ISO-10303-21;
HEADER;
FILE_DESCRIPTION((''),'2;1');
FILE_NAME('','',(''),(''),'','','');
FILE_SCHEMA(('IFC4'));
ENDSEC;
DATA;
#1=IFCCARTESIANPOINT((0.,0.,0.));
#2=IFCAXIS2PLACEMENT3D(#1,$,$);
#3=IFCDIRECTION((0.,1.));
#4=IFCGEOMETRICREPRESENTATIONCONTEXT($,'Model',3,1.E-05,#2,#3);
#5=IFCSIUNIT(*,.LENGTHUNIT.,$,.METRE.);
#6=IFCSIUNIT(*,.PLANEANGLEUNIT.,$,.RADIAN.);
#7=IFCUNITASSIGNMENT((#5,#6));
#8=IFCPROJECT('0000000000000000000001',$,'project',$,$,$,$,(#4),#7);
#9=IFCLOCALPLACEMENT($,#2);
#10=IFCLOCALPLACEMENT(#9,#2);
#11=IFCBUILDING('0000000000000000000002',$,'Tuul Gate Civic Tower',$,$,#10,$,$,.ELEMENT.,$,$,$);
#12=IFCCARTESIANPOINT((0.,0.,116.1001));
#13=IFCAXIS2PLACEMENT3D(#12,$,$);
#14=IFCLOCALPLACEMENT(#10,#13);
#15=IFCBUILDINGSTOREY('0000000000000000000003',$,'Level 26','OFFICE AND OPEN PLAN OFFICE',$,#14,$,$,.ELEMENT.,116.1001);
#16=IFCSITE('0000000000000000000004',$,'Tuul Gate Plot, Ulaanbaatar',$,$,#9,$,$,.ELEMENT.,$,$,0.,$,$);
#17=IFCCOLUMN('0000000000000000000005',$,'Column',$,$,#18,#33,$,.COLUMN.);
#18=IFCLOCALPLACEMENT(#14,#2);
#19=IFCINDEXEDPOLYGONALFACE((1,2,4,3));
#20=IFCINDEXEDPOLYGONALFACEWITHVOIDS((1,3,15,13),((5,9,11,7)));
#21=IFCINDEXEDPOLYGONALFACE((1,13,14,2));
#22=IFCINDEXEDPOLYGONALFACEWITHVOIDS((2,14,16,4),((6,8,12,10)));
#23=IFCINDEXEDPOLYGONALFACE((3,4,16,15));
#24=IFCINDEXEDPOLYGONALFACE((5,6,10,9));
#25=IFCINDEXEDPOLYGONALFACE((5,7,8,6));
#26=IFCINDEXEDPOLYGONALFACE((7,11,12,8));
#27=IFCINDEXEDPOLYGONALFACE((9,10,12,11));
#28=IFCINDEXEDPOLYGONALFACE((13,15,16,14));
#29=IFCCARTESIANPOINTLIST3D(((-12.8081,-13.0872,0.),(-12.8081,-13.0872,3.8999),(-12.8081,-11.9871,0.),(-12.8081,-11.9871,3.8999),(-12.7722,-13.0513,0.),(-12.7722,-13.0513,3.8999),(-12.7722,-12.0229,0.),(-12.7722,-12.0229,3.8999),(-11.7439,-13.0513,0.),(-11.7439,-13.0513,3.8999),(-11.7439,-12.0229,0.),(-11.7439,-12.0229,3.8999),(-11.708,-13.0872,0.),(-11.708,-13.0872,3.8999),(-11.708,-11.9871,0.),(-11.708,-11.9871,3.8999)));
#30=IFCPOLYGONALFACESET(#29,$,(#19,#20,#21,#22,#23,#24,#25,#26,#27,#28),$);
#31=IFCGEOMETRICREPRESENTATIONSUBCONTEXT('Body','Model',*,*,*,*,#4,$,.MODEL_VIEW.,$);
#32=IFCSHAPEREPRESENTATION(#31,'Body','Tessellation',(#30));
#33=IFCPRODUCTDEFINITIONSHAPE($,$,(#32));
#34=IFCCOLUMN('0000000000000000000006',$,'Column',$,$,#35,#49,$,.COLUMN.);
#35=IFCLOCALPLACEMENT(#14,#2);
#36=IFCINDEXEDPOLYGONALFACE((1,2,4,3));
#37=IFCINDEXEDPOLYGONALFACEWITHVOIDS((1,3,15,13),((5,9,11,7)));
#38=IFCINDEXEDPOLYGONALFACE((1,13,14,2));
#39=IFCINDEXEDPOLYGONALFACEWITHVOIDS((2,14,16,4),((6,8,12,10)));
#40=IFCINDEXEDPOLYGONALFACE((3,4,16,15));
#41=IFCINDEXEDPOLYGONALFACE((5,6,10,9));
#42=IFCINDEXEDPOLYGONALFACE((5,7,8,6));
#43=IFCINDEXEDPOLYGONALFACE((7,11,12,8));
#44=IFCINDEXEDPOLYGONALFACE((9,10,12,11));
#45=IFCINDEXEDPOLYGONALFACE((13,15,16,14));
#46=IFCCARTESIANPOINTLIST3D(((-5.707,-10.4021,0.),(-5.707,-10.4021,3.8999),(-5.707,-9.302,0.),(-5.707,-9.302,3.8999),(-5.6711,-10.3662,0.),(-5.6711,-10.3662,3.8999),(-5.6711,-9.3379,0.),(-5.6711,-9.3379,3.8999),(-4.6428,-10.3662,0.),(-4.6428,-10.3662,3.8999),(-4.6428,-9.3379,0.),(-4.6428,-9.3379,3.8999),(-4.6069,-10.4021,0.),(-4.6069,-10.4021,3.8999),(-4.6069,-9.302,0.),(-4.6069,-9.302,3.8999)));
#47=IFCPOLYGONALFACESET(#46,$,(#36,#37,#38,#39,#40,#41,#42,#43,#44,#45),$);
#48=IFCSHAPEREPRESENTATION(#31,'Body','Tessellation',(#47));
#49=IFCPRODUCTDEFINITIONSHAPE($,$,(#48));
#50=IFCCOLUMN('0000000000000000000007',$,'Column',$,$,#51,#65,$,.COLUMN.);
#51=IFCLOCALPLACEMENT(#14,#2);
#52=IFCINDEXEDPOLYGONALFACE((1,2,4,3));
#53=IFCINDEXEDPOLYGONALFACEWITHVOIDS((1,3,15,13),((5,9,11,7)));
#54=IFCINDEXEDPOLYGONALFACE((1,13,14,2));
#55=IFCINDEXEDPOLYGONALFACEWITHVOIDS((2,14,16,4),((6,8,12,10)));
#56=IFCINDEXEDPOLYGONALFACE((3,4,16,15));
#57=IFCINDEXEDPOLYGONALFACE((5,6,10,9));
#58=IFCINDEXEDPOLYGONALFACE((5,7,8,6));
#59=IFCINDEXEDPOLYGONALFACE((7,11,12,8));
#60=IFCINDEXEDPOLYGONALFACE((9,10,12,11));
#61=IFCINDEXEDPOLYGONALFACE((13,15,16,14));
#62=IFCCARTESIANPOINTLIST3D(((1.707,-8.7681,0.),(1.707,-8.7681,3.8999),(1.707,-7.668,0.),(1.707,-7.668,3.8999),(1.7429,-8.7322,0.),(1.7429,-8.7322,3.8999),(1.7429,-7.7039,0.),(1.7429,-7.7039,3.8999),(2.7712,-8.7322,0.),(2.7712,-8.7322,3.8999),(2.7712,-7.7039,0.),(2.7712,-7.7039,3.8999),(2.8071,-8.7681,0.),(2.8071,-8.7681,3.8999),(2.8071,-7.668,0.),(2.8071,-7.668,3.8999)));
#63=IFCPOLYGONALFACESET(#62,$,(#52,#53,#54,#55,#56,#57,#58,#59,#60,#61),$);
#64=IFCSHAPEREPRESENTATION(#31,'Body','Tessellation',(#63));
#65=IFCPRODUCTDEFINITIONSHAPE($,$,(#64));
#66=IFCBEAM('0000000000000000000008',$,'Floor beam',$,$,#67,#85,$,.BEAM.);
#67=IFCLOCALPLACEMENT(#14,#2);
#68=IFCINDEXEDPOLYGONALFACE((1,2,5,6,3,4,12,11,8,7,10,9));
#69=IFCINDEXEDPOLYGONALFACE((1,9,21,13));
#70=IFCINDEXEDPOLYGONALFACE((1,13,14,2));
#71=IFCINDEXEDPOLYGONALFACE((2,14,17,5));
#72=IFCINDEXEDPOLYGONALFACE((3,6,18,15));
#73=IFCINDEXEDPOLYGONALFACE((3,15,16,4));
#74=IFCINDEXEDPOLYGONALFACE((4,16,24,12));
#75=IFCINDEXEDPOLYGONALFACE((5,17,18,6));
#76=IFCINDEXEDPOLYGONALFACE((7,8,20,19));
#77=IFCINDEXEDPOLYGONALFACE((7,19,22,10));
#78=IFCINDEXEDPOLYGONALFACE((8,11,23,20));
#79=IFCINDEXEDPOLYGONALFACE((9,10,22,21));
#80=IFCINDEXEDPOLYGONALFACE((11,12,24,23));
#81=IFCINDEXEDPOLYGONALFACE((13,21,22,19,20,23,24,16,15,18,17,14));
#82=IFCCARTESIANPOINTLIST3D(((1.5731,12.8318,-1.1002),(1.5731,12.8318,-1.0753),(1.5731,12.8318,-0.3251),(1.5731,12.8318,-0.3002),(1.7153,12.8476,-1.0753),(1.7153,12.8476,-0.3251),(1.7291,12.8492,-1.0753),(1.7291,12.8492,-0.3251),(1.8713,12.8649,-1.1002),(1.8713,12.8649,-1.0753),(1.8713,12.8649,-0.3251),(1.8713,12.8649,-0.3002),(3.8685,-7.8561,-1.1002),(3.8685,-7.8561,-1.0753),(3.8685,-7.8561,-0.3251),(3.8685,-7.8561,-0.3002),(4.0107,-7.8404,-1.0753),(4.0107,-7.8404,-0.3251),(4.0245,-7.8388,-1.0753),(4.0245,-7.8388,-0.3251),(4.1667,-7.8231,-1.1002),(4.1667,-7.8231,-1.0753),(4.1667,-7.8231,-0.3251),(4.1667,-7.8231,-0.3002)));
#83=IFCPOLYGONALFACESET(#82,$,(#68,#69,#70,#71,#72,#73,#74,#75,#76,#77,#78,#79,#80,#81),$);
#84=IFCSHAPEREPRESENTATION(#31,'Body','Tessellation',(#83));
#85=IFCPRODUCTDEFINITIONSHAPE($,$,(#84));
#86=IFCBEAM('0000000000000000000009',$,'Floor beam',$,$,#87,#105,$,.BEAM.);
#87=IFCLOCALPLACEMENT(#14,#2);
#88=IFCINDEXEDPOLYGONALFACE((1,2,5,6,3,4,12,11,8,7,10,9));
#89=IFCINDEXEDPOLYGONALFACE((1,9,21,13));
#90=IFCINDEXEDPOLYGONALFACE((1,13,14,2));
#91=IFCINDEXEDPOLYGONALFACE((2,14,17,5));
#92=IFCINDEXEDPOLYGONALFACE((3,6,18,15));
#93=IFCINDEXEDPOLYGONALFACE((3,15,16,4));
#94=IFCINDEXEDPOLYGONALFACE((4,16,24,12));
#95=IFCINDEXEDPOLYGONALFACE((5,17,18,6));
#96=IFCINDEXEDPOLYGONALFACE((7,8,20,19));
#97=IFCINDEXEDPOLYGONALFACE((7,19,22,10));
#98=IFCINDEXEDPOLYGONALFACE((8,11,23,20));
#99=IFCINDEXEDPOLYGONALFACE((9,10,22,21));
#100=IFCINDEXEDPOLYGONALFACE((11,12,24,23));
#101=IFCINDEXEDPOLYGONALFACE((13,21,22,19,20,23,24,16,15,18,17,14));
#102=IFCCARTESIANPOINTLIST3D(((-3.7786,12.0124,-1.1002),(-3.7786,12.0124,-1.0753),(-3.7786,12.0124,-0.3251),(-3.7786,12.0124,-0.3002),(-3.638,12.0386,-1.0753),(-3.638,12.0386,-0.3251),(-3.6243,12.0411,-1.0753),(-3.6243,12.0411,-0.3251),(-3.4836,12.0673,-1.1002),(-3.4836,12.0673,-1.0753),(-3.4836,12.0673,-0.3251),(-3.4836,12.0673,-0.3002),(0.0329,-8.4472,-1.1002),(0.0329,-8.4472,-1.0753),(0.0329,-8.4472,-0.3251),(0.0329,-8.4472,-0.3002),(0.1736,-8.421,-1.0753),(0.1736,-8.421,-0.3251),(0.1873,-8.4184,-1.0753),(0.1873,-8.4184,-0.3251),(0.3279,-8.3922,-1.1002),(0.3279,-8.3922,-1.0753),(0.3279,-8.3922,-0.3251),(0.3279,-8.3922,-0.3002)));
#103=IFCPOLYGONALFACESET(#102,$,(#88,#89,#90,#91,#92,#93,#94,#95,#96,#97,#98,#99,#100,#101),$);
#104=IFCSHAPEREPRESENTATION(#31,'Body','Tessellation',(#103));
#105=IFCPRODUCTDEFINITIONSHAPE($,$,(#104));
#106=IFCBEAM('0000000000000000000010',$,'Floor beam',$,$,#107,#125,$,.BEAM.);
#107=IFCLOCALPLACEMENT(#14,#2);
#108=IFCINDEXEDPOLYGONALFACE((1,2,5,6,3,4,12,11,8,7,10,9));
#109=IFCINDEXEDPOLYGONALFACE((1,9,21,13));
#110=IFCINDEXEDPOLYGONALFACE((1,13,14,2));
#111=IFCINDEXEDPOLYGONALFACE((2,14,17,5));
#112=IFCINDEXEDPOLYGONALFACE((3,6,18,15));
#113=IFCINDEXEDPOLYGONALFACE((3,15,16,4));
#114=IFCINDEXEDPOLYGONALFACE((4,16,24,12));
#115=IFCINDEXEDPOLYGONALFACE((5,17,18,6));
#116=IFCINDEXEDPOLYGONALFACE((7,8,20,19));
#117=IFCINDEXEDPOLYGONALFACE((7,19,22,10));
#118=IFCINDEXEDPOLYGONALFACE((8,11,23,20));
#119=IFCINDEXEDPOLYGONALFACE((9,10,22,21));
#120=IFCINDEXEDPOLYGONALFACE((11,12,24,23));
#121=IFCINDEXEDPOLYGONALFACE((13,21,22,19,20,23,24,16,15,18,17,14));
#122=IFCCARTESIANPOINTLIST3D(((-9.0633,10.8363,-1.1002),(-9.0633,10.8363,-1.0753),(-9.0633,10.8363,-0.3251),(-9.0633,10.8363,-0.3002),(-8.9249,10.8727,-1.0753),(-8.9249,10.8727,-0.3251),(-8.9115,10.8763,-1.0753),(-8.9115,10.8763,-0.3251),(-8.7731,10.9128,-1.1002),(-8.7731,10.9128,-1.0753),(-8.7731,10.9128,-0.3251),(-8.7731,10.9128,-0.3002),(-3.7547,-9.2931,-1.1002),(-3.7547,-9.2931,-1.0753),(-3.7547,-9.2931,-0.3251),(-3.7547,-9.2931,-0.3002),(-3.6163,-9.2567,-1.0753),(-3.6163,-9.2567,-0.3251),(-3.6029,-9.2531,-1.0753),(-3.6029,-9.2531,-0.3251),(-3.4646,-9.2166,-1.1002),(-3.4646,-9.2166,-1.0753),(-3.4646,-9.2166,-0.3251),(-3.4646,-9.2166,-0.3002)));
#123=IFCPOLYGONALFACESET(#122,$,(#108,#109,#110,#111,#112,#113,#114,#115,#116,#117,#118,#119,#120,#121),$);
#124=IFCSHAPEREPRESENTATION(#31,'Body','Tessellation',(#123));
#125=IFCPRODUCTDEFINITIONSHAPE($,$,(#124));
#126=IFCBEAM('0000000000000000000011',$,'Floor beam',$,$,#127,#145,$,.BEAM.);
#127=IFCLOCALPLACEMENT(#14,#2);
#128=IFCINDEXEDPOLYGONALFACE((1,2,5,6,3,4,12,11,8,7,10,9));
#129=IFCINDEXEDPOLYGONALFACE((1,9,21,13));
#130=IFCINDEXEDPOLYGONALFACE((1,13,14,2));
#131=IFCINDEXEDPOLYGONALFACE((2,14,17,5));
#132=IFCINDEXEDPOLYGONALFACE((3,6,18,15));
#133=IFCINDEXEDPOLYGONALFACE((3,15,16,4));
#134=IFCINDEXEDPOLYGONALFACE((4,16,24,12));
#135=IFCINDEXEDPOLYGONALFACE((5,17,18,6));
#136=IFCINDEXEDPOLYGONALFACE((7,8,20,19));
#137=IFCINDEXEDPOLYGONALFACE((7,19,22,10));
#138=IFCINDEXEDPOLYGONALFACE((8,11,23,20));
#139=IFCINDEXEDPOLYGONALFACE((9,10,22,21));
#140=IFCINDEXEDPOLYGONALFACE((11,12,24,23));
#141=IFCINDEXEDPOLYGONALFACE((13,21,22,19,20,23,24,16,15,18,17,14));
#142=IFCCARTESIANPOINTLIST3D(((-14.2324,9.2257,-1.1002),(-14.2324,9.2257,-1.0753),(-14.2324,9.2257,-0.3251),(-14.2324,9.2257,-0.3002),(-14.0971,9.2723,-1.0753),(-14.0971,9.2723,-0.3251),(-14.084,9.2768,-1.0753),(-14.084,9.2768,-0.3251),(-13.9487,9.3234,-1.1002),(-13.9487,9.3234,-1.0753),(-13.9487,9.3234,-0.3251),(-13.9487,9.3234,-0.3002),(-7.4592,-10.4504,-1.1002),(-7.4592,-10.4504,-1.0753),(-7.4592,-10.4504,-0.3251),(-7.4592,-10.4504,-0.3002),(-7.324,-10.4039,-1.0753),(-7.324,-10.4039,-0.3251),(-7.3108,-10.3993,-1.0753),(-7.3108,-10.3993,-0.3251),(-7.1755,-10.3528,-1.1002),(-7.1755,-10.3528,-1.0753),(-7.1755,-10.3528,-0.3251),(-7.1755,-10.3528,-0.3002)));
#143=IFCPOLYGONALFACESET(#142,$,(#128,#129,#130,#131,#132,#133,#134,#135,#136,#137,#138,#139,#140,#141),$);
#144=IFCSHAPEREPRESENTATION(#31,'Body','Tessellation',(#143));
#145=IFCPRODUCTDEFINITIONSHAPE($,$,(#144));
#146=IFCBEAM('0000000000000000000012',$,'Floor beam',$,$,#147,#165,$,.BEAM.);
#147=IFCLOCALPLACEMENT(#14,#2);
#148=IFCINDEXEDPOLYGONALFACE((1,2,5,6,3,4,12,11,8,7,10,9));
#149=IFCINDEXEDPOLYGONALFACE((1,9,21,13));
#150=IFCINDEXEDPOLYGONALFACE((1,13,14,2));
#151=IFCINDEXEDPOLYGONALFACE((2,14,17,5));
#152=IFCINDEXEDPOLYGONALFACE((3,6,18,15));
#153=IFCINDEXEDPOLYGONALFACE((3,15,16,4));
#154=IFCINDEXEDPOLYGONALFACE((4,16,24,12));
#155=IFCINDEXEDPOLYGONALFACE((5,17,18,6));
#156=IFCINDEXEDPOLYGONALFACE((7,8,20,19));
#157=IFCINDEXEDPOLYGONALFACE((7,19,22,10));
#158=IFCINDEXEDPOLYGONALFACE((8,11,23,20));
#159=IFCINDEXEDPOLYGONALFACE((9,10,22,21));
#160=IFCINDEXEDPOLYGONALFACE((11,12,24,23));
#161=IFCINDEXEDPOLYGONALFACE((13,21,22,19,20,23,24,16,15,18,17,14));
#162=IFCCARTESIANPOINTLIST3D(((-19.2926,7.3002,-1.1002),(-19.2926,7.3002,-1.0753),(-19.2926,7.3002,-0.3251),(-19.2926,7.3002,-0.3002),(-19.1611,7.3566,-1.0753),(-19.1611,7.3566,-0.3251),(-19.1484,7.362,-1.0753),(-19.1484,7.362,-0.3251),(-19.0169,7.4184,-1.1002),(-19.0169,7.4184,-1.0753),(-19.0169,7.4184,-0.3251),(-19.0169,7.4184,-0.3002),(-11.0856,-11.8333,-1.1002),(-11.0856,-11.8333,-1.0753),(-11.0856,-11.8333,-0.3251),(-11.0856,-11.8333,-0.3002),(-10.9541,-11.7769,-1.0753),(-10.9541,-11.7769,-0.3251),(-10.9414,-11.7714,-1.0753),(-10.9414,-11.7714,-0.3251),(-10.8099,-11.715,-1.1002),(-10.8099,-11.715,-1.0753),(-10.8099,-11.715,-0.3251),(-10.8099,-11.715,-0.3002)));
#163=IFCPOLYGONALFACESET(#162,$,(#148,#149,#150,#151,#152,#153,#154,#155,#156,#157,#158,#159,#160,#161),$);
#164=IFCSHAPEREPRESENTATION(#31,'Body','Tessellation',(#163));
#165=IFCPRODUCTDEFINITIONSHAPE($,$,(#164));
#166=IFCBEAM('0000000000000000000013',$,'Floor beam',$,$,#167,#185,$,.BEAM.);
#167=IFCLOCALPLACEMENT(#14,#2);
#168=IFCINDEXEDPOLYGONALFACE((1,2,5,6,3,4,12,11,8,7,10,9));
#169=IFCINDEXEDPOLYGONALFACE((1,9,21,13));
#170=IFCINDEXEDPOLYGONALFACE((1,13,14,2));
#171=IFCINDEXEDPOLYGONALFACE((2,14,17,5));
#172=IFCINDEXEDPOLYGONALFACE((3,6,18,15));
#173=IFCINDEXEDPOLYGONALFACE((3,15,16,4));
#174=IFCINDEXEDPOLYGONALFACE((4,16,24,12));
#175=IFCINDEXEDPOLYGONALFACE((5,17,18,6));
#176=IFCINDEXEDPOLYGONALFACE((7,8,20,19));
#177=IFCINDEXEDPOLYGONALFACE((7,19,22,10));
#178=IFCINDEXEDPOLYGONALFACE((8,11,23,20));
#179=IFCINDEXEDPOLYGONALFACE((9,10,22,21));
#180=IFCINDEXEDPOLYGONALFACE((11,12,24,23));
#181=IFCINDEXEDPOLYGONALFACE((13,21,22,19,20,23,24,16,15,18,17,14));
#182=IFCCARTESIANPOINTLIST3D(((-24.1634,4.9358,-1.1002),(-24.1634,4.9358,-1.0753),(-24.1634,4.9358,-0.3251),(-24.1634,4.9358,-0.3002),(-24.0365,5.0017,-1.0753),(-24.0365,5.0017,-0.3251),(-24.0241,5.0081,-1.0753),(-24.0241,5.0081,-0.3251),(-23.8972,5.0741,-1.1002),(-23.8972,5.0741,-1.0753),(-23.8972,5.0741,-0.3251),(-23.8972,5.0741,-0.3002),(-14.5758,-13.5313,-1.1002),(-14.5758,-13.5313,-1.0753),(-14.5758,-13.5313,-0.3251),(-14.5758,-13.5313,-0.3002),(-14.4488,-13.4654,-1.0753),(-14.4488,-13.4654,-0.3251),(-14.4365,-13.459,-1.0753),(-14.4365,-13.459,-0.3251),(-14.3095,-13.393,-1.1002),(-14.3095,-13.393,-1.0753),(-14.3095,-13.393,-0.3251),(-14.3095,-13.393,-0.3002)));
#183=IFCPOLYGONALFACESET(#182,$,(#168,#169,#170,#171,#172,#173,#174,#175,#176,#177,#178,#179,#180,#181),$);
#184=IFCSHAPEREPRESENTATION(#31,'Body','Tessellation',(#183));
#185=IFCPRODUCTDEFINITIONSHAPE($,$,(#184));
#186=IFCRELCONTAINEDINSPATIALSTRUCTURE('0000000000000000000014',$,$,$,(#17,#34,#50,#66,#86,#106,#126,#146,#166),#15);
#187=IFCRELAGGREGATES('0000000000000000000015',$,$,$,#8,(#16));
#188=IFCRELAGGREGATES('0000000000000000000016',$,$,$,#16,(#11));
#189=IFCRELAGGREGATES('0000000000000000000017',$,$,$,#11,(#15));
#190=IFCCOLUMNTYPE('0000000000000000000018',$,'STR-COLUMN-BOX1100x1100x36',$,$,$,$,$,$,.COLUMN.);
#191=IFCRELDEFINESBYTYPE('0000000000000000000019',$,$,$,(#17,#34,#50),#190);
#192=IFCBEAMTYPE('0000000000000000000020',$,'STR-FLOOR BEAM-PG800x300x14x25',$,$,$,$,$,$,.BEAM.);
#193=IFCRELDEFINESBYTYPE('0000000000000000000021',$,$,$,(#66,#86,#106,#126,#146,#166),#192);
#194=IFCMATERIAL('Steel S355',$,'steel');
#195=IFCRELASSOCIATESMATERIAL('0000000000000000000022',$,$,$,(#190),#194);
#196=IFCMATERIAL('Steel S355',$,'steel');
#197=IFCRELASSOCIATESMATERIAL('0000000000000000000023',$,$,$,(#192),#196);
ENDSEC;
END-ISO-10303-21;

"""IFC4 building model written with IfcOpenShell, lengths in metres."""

from ifc_helpers import new_model, si_unit, direction, frame, origin, origin_2d, place, context, subcontext, project, spatial, hollow_rectangle, i_section, extrude, material, material_profile, profile_set, type_object, element, save


model = new_model("IFC4")

# Units and contexts
model_context = context("Model", 3, precision=1e-05, world=origin(), true_north=direction((0.0, 1.0)))
body_context = subcontext(model_context, "Body", "Model", "MODEL_VIEW")
ifc_project = project(units=[si_unit("LENGTHUNIT", "METRE"), si_unit("PLANEANGLEUNIT", "RADIAN")], contexts=[model_context])

# Site, building, storey
site_placement = place(None, origin())
site = spatial("IfcSite", under=ifc_project, at=site_placement, Name="Tuul Gate Plot, Ulaanbaatar", CompositionType="ELEMENT", RefElevation=0.0)
building_placement = place(site_placement, origin())
building = spatial("IfcBuilding", under=site, at=building_placement, Name="Tuul Gate Civic Tower", CompositionType="ELEMENT")
storey_placement = place(building_placement, frame((0.0, 0.0, 116.1001)))
storey = spatial("IfcBuildingStorey", under=building, at=storey_placement, Name="Level 26", Description="OFFICE AND OPEN PLAN OFFICE", CompositionType="ELEMENT", Elevation=116.1001)

# Columns
ifc_material_1 = material(Name="Steel S355", Category="steel")
ifc_material_profile_1 = material_profile(ifc_material_1, hollow_rectangle(XDim=1.1001, YDim=1.1001, WallThickness=0.0359, at=origin_2d()), Name="BOX1100x1100x36")
ifc_profile_set_1 = profile_set([ifc_material_profile_1], Name="Steel S355")
column_type = type_object("IfcColumnType", Name="STR-COLUMN-BOX1100x1100x36", PredefinedType="COLUMN", material=ifc_profile_set_1)
for number, where, z_axis, x_axis, name in (
    (1, (-12.2581, -12.5371, 0.0), (0.0, 0.0, 1.0), (1.0, 0.0, 0.0), "Column"),
    (2, (-5.157, -9.8521, 0.0), (0.0, 0.0, 1.0), (1.0, 0.0, 0.0), "Column"),
    (3, (2.2571, -8.218, 0.0), (0.0, 0.0, 1.0), (1.0, 0.0, 0.0), "Column"),
):
    element("IfcColumn", number, at=place(storey_placement, frame(where, z_axis=z_axis, x_axis=x_axis)), inside=storey, type_object=column_type, Name=name, PredefinedType="COLUMN", context=body_context, shape_type="SweptSolid", body=[
        extrude(hollow_rectangle(XDim=1.1001, YDim=1.1001, WallThickness=0.0359, at=origin_2d()), origin(), (0.0, 0.0, 1.0), 3.8999),
    ])

# Beams
ifc_material_2 = material(Name="Steel S355", Category="steel")
ifc_material_profile_2 = material_profile(ifc_material_2, i_section(OverallWidth=0.3, OverallDepth=0.8, WebThickness=0.0139, FlangeThickness=0.0249, at=origin_2d()), Name="PG800x300x14x25")
ifc_profile_set_2 = profile_set([ifc_material_profile_2], Name="Steel S355")
beam_type_1 = type_object("IfcBeamType", Name="STR-FLOOR BEAM-PG800x300x14x25", PredefinedType="BEAM", material=ifc_profile_set_2)
beam_1_placement = place(storey_placement, frame((4.0176, -7.8396, -0.7002), z_axis=(-0.110277, 0.993901, 0.0), x_axis=(-0.993901, -0.110277, 0.0)))
element("IfcBeam", 4, at=beam_1_placement, inside=storey, type_object=beam_type_1, Name="Floor beam", PredefinedType="BEAM", context=body_context, shape_type="SweptSolid", body=[
    extrude(i_section(OverallWidth=0.3, OverallDepth=0.8, WebThickness=0.0139, FlangeThickness=0.0249, at=origin_2d()), origin(), (0.0, 0.0, 1.0), 20.8149),
])
beam_2_placement = place(storey_placement, frame((0.1804, -8.4197, -0.7002), z_axis=(-0.183145, 0.983086, 0.0), x_axis=(-0.983086, -0.183145, 0.0)))
element("IfcBeam", 5, at=beam_2_placement, inside=storey, type_object=beam_type_1, Name="Floor beam", PredefinedType="BEAM", context=body_context, shape_type="SweptSolid", body=[
    extrude(i_section(OverallWidth=0.3, OverallDepth=0.8, WebThickness=0.0139, FlangeThickness=0.0249, at=origin_2d()), origin(), (0.0, 0.0, 1.0), 20.8115),
])
beam_3_placement = place(storey_placement, frame((-3.6096, -9.2549, -0.7002), z_axis=(-0.255005, 0.96694, 0.0), x_axis=(-0.96694, -0.255005, 0.0)))
element("IfcBeam", 6, at=beam_3_placement, inside=storey, type_object=beam_type_1, Name="Floor beam", PredefinedType="BEAM", context=body_context, shape_type="SweptSolid", body=[
    extrude(i_section(OverallWidth=0.3, OverallDepth=0.8, WebThickness=0.0139, FlangeThickness=0.0249, at=origin_2d()), origin(), (0.0, 0.0, 1.0), 20.8176),
])
beam_4_placement = place(storey_placement, frame((-7.3174, -10.4016, -0.7002), z_axis=(-0.325487, 0.945547, 0.0), x_axis=(-0.945547, -0.325487, 0.0)))
element("IfcBeam", 7, at=beam_4_placement, inside=storey, type_object=beam_type_1, Name="Floor beam", PredefinedType="BEAM", context=body_context, shape_type="SweptSolid", body=[
    extrude(i_section(OverallWidth=0.3, OverallDepth=0.8, WebThickness=0.0139, FlangeThickness=0.0249, at=origin_2d()), origin(), (0.0, 0.0, 1.0), 20.8093),
])
beam_5_placement = place(storey_placement, frame((-10.9478, -11.7742, -0.7002), z_axis=(-0.394201, 0.919024, 0.0), x_axis=(-0.919024, -0.394201, 0.0)))
element("IfcBeam", 8, at=beam_5_placement, inside=storey, type_object=beam_type_1, Name="Floor beam", PredefinedType="BEAM", context=body_context, shape_type="SweptSolid", body=[
    extrude(i_section(OverallWidth=0.3, OverallDepth=0.8, WebThickness=0.0139, FlangeThickness=0.0249, at=origin_2d()), origin(), (0.0, 0.0, 1.0), 20.8193),
])
beam_6_placement = place(storey_placement, frame((-14.4426, -13.4622, -0.7002), z_axis=(-0.460777, 0.887516, 0.0), x_axis=(-0.887516, -0.460777, 0.0)))
element("IfcBeam", 9, at=beam_6_placement, inside=storey, type_object=beam_type_1, Name="Floor beam", PredefinedType="BEAM", context=body_context, shape_type="SweptSolid", body=[
    extrude(i_section(OverallWidth=0.3, OverallDepth=0.8, WebThickness=0.0139, FlangeThickness=0.0249, at=origin_2d()), origin(), (0.0, 0.0, 1.0), 20.8076),
])

save(model, "model.ifc")
